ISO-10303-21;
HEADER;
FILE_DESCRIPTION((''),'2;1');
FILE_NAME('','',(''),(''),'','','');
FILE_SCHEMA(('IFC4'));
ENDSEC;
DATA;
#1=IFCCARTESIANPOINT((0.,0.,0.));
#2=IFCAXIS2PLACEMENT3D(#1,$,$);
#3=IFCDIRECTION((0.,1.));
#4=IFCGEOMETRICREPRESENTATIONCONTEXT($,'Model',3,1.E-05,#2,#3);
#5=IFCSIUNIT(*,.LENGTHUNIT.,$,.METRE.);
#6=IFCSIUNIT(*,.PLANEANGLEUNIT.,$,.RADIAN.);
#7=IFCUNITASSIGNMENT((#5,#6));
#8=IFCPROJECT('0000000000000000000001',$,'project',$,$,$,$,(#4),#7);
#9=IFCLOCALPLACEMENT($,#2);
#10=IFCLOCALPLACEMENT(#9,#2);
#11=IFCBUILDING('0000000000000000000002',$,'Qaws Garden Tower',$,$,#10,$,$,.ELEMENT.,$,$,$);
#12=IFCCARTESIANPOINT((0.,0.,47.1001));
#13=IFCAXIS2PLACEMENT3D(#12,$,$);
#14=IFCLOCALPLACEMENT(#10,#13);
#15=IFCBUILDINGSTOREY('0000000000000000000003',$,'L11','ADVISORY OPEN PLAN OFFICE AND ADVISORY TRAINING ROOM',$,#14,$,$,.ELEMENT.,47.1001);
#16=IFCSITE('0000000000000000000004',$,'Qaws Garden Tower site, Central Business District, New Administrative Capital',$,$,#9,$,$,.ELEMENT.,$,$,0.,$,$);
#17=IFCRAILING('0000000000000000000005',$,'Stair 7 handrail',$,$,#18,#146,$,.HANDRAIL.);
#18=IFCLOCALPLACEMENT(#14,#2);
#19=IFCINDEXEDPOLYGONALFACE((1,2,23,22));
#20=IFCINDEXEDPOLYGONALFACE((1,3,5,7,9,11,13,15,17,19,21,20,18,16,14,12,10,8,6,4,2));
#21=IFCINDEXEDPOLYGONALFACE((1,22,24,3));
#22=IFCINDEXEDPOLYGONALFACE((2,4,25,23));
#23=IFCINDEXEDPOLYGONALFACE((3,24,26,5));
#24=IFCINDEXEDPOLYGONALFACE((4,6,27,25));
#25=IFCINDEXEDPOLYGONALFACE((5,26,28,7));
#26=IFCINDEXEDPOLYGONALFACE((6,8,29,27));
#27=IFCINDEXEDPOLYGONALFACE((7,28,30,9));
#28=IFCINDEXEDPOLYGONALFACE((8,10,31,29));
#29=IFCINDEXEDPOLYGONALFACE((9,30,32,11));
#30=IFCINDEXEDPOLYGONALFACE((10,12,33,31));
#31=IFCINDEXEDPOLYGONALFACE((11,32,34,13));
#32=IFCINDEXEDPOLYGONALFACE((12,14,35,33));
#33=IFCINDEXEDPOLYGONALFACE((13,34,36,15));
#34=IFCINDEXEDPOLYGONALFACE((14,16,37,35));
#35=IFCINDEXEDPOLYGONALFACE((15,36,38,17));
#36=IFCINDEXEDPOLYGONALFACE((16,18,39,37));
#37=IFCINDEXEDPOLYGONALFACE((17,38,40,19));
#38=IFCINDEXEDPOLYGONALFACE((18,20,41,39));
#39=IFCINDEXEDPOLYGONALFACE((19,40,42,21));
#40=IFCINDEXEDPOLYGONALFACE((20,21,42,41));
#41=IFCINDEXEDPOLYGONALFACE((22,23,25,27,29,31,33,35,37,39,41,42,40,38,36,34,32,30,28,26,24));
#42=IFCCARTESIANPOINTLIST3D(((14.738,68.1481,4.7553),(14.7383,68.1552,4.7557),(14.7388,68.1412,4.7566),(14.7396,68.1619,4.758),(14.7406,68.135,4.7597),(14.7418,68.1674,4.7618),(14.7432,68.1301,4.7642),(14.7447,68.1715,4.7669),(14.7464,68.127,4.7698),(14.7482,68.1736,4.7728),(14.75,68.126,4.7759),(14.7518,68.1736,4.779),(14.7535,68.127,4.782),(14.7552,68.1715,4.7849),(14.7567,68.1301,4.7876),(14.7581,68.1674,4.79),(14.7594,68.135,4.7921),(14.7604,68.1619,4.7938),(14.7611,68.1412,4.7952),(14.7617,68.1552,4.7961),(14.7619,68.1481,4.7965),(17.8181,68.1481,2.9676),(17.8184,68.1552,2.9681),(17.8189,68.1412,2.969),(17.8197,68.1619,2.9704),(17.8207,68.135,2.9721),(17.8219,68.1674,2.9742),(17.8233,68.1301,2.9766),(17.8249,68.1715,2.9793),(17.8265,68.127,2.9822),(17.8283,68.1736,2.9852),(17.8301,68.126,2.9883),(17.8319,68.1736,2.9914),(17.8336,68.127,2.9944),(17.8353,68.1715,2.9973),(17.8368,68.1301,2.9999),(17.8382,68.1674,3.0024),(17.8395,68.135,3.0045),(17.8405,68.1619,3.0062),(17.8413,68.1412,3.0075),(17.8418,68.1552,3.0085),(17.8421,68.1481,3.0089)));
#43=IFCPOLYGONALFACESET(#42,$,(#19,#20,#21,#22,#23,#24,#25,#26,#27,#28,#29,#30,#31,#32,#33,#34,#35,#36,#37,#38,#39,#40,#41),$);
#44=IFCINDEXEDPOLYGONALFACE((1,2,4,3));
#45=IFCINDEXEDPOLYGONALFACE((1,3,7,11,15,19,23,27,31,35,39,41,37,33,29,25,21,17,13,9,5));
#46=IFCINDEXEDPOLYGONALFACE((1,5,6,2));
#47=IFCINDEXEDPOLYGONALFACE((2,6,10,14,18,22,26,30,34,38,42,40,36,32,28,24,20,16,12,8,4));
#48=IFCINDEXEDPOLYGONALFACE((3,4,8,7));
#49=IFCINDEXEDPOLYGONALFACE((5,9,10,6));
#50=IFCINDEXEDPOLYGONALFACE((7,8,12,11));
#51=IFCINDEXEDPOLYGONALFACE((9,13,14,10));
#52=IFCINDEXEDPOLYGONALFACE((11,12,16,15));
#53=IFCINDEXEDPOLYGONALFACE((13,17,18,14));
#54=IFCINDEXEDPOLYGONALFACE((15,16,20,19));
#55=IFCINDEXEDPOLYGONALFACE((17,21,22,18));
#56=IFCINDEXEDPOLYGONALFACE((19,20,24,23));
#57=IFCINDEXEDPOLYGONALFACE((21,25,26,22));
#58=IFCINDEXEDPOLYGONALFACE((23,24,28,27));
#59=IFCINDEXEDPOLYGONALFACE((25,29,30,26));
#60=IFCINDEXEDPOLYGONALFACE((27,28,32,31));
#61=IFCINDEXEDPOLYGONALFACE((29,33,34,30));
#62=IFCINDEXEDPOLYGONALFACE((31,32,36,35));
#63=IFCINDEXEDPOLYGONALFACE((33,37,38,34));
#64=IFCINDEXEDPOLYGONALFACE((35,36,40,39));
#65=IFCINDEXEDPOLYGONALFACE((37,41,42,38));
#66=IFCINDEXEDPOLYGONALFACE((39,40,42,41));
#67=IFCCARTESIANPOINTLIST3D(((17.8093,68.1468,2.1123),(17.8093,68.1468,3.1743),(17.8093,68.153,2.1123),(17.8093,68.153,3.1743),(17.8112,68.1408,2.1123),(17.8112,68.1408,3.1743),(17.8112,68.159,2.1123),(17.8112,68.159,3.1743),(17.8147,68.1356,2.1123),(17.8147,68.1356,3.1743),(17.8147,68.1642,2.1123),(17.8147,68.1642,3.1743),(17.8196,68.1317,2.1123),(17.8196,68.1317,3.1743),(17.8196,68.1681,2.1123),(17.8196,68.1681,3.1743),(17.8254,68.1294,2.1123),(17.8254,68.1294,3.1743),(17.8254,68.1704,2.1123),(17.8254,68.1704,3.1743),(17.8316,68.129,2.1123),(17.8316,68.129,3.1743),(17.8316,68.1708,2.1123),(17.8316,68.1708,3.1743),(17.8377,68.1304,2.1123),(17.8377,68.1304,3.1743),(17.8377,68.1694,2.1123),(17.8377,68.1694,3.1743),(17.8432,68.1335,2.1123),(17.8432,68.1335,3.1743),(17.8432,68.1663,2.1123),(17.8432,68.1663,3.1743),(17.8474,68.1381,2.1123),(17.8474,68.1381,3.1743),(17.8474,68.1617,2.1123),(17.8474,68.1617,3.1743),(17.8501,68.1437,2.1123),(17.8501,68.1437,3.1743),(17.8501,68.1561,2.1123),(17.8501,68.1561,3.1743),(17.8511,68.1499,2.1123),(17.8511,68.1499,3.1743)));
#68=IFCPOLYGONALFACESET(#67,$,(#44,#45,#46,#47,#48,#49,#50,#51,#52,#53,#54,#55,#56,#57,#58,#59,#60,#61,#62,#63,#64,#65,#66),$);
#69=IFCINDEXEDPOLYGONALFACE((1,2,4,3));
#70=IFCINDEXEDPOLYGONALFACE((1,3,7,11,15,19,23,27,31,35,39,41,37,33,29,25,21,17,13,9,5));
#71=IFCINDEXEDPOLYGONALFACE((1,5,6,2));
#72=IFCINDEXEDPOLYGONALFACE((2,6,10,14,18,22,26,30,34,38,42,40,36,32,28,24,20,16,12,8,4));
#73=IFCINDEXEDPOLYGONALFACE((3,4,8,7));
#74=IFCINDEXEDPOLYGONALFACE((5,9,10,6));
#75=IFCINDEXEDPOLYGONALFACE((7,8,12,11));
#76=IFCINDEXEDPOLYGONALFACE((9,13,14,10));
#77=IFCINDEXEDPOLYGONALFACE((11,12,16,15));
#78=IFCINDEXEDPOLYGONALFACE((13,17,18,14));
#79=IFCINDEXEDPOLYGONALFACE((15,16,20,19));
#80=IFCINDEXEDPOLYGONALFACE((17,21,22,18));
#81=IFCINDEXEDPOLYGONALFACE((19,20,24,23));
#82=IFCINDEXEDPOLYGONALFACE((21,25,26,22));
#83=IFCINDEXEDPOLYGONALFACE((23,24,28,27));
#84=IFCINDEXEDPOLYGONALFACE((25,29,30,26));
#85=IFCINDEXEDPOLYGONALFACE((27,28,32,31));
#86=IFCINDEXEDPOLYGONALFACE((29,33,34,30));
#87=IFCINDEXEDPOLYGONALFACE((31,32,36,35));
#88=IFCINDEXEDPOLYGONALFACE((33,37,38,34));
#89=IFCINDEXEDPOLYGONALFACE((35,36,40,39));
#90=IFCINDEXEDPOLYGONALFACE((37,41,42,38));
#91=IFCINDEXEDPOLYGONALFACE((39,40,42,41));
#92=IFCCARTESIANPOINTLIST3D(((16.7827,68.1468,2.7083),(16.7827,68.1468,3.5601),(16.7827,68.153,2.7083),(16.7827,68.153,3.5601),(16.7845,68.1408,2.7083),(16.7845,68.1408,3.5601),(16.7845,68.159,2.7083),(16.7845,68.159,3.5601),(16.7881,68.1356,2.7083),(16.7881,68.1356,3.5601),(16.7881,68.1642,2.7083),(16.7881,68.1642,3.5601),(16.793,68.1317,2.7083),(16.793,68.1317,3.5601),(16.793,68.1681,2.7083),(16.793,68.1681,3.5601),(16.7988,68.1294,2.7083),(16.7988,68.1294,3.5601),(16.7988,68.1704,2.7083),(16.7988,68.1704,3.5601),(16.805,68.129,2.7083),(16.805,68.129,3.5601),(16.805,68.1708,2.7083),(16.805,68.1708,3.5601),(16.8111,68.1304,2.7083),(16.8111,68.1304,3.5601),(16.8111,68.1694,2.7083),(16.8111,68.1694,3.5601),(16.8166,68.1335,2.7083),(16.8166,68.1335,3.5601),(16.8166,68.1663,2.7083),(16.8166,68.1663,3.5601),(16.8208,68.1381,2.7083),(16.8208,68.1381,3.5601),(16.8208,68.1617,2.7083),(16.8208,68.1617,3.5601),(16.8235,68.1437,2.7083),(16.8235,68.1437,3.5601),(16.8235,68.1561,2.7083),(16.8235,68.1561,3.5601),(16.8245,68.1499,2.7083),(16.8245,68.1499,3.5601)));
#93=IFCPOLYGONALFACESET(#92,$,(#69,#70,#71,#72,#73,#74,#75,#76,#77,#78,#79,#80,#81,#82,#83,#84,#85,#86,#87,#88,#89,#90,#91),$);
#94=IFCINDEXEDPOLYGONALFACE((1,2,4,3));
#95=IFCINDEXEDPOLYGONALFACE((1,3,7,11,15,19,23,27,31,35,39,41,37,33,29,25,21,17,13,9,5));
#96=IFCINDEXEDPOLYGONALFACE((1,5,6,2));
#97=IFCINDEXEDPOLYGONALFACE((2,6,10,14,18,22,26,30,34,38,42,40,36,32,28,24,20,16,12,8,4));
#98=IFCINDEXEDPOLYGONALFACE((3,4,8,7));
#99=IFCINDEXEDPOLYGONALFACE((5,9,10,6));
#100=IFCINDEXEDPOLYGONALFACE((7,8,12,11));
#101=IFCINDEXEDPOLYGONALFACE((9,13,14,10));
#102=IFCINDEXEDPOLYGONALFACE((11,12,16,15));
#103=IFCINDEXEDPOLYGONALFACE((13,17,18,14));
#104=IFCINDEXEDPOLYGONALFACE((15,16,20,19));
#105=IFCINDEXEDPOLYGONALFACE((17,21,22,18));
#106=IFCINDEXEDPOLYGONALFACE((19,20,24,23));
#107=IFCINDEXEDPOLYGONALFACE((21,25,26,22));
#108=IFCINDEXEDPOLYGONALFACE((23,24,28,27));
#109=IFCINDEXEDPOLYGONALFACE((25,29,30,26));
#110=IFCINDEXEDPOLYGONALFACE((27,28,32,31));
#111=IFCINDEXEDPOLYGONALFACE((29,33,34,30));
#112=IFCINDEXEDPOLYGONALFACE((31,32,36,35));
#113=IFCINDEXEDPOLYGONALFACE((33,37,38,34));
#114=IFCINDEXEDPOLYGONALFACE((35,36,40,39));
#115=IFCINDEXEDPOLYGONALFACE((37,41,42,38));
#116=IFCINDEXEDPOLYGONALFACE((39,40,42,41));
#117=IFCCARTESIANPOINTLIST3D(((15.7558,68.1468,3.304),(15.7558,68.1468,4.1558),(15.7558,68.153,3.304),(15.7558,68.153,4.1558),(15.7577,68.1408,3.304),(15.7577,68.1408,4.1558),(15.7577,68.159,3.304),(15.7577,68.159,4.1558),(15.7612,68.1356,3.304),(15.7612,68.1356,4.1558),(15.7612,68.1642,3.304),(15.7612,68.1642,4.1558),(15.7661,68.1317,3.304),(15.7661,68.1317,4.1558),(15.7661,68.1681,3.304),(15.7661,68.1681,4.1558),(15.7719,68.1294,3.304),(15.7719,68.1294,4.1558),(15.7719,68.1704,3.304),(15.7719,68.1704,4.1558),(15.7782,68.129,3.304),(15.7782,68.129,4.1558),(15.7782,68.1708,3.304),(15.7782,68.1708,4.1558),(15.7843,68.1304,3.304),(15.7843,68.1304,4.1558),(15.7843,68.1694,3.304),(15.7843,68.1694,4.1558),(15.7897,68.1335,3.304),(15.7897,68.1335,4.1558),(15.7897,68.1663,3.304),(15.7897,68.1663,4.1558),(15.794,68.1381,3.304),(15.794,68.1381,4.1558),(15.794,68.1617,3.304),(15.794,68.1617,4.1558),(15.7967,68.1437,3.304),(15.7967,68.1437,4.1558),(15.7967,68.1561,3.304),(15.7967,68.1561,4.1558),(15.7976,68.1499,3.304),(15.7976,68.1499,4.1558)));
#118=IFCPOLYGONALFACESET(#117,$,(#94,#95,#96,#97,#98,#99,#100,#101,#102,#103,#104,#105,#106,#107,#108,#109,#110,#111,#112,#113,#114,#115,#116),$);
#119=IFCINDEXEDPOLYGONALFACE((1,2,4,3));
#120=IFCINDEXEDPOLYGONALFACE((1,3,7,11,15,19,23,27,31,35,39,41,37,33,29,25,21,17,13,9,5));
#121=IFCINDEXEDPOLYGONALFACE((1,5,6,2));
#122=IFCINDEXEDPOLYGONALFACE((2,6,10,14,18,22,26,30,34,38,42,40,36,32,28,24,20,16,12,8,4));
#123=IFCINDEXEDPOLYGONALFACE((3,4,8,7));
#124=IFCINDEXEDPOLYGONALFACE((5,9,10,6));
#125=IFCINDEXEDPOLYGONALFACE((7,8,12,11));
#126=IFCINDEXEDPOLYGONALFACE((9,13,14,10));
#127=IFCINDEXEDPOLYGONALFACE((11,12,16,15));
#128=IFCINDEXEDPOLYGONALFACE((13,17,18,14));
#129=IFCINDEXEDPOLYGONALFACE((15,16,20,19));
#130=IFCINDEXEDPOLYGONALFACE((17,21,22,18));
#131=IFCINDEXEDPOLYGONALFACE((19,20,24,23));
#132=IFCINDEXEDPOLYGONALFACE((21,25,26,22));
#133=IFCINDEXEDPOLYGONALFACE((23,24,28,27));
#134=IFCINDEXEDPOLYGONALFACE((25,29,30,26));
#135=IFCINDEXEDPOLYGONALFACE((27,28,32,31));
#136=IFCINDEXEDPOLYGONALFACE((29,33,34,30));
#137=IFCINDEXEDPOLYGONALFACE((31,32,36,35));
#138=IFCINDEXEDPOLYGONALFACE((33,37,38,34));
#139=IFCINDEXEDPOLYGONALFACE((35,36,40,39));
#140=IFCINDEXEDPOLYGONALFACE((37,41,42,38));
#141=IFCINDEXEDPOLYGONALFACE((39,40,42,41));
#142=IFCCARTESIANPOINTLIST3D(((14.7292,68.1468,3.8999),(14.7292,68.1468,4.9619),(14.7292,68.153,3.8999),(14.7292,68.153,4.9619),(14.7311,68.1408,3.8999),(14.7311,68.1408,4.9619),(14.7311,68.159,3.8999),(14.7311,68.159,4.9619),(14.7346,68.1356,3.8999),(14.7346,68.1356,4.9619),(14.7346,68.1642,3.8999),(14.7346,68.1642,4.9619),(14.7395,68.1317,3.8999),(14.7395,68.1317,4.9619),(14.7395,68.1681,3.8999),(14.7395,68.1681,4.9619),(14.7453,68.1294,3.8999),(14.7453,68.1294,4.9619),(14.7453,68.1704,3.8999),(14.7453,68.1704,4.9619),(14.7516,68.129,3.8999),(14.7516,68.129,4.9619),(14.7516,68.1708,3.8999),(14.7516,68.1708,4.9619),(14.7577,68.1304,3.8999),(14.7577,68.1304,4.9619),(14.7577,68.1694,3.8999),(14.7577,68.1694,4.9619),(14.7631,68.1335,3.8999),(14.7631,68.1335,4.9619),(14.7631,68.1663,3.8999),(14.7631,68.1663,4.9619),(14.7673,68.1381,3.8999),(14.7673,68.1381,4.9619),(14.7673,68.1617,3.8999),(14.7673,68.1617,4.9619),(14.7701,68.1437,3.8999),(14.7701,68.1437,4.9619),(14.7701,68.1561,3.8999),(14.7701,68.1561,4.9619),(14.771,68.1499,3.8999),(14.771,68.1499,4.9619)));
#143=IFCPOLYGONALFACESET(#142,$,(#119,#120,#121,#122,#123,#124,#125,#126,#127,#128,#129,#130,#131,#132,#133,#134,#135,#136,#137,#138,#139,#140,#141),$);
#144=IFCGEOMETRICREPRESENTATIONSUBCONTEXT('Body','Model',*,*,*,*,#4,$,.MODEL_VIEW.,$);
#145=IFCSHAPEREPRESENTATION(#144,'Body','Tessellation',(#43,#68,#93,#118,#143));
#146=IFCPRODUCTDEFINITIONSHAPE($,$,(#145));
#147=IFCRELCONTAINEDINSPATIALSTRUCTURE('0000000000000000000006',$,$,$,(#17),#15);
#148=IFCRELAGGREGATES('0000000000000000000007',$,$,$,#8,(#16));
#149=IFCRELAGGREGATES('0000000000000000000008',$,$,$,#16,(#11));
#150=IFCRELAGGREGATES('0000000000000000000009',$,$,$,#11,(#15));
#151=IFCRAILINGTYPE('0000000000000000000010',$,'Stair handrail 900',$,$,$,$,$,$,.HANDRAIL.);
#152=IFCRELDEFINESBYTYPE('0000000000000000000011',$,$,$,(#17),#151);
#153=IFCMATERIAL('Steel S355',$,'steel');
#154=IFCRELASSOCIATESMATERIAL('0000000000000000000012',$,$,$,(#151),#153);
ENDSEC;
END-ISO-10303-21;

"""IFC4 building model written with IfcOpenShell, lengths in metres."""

from ifc_helpers import new_model, si_unit, direction, frame, origin, origin_2d, place, context, subcontext, project, spatial, circle, extrude, material, type_object, element, save


model = new_model("IFC4")

# Units and contexts
model_context = context("Model", 3, precision=1e-05, world=origin(), true_north=direction((0.0, 1.0)))
body_context = subcontext(model_context, "Body", "Model", "MODEL_VIEW")
ifc_project = project(units=[si_unit("LENGTHUNIT", "METRE"), si_unit("PLANEANGLEUNIT", "RADIAN")], contexts=[model_context])

# Site, building, storey
site_placement = place(None, origin())
site = spatial("IfcSite", under=ifc_project, at=site_placement, Name="Qaws Garden Tower site, Central Business District, New Administrative Capital", CompositionType="ELEMENT", RefElevation=0.0)
building_placement = place(site_placement, origin())
building = spatial("IfcBuilding", under=site, at=building_placement, Name="Qaws Garden Tower", CompositionType="ELEMENT")
storey_placement = place(building_placement, frame((0.0, 0.0, 47.1001)))
storey = spatial("IfcBuildingStorey", under=building, at=storey_placement, Name="L11", Description="ADVISORY OPEN PLAN OFFICE AND ADVISORY TRAINING ROOM", CompositionType="ELEMENT", Elevation=47.1001)

# Railing
ifc_material_1 = material(Name="Steel S355", Category="steel")
railing_type = type_object("IfcRailingType", Name="Stair handrail 900", PredefinedType="HANDRAIL", material=ifc_material_1)
railing_1_placement = place(storey_placement, frame((17.8301, 68.1499, 2.1123)))
element("IfcRailing", 1, at=railing_1_placement, inside=storey, type_object=railing_type, Name="Stair 7 handrail", PredefinedType="HANDRAIL", context=body_context, shape_type="SweptSolid", body=[
    extrude(circle(Radius=0.0239, at=origin_2d()), frame((0.0, 0.0, 0.876), z_axis=(-0.864891, 0.0, 0.50196), x_axis=(0.0, -1.0, 0.0)), (0.0, 0.0, 1.0), 3.5613),
    extrude(circle(Radius=0.021, at=origin_2d()), origin(), (0.0, 0.0, 1.0), 1.062),
    extrude(circle(Radius=0.021, at=origin_2d()), frame((-1.0266, 0.0, 0.5959)), (0.0, 0.0, 1.0), 0.8518),
    extrude(circle(Radius=0.021, at=origin_2d()), frame((-2.0535, 0.0, 1.1917)), (0.0, 0.0, 1.0), 0.8518),
    extrude(circle(Radius=0.021, at=origin_2d()), frame((-3.0801, 0.0, 1.7876)), (0.0, 0.0, 1.0), 1.062),
])

save(model, "model.ifc")
